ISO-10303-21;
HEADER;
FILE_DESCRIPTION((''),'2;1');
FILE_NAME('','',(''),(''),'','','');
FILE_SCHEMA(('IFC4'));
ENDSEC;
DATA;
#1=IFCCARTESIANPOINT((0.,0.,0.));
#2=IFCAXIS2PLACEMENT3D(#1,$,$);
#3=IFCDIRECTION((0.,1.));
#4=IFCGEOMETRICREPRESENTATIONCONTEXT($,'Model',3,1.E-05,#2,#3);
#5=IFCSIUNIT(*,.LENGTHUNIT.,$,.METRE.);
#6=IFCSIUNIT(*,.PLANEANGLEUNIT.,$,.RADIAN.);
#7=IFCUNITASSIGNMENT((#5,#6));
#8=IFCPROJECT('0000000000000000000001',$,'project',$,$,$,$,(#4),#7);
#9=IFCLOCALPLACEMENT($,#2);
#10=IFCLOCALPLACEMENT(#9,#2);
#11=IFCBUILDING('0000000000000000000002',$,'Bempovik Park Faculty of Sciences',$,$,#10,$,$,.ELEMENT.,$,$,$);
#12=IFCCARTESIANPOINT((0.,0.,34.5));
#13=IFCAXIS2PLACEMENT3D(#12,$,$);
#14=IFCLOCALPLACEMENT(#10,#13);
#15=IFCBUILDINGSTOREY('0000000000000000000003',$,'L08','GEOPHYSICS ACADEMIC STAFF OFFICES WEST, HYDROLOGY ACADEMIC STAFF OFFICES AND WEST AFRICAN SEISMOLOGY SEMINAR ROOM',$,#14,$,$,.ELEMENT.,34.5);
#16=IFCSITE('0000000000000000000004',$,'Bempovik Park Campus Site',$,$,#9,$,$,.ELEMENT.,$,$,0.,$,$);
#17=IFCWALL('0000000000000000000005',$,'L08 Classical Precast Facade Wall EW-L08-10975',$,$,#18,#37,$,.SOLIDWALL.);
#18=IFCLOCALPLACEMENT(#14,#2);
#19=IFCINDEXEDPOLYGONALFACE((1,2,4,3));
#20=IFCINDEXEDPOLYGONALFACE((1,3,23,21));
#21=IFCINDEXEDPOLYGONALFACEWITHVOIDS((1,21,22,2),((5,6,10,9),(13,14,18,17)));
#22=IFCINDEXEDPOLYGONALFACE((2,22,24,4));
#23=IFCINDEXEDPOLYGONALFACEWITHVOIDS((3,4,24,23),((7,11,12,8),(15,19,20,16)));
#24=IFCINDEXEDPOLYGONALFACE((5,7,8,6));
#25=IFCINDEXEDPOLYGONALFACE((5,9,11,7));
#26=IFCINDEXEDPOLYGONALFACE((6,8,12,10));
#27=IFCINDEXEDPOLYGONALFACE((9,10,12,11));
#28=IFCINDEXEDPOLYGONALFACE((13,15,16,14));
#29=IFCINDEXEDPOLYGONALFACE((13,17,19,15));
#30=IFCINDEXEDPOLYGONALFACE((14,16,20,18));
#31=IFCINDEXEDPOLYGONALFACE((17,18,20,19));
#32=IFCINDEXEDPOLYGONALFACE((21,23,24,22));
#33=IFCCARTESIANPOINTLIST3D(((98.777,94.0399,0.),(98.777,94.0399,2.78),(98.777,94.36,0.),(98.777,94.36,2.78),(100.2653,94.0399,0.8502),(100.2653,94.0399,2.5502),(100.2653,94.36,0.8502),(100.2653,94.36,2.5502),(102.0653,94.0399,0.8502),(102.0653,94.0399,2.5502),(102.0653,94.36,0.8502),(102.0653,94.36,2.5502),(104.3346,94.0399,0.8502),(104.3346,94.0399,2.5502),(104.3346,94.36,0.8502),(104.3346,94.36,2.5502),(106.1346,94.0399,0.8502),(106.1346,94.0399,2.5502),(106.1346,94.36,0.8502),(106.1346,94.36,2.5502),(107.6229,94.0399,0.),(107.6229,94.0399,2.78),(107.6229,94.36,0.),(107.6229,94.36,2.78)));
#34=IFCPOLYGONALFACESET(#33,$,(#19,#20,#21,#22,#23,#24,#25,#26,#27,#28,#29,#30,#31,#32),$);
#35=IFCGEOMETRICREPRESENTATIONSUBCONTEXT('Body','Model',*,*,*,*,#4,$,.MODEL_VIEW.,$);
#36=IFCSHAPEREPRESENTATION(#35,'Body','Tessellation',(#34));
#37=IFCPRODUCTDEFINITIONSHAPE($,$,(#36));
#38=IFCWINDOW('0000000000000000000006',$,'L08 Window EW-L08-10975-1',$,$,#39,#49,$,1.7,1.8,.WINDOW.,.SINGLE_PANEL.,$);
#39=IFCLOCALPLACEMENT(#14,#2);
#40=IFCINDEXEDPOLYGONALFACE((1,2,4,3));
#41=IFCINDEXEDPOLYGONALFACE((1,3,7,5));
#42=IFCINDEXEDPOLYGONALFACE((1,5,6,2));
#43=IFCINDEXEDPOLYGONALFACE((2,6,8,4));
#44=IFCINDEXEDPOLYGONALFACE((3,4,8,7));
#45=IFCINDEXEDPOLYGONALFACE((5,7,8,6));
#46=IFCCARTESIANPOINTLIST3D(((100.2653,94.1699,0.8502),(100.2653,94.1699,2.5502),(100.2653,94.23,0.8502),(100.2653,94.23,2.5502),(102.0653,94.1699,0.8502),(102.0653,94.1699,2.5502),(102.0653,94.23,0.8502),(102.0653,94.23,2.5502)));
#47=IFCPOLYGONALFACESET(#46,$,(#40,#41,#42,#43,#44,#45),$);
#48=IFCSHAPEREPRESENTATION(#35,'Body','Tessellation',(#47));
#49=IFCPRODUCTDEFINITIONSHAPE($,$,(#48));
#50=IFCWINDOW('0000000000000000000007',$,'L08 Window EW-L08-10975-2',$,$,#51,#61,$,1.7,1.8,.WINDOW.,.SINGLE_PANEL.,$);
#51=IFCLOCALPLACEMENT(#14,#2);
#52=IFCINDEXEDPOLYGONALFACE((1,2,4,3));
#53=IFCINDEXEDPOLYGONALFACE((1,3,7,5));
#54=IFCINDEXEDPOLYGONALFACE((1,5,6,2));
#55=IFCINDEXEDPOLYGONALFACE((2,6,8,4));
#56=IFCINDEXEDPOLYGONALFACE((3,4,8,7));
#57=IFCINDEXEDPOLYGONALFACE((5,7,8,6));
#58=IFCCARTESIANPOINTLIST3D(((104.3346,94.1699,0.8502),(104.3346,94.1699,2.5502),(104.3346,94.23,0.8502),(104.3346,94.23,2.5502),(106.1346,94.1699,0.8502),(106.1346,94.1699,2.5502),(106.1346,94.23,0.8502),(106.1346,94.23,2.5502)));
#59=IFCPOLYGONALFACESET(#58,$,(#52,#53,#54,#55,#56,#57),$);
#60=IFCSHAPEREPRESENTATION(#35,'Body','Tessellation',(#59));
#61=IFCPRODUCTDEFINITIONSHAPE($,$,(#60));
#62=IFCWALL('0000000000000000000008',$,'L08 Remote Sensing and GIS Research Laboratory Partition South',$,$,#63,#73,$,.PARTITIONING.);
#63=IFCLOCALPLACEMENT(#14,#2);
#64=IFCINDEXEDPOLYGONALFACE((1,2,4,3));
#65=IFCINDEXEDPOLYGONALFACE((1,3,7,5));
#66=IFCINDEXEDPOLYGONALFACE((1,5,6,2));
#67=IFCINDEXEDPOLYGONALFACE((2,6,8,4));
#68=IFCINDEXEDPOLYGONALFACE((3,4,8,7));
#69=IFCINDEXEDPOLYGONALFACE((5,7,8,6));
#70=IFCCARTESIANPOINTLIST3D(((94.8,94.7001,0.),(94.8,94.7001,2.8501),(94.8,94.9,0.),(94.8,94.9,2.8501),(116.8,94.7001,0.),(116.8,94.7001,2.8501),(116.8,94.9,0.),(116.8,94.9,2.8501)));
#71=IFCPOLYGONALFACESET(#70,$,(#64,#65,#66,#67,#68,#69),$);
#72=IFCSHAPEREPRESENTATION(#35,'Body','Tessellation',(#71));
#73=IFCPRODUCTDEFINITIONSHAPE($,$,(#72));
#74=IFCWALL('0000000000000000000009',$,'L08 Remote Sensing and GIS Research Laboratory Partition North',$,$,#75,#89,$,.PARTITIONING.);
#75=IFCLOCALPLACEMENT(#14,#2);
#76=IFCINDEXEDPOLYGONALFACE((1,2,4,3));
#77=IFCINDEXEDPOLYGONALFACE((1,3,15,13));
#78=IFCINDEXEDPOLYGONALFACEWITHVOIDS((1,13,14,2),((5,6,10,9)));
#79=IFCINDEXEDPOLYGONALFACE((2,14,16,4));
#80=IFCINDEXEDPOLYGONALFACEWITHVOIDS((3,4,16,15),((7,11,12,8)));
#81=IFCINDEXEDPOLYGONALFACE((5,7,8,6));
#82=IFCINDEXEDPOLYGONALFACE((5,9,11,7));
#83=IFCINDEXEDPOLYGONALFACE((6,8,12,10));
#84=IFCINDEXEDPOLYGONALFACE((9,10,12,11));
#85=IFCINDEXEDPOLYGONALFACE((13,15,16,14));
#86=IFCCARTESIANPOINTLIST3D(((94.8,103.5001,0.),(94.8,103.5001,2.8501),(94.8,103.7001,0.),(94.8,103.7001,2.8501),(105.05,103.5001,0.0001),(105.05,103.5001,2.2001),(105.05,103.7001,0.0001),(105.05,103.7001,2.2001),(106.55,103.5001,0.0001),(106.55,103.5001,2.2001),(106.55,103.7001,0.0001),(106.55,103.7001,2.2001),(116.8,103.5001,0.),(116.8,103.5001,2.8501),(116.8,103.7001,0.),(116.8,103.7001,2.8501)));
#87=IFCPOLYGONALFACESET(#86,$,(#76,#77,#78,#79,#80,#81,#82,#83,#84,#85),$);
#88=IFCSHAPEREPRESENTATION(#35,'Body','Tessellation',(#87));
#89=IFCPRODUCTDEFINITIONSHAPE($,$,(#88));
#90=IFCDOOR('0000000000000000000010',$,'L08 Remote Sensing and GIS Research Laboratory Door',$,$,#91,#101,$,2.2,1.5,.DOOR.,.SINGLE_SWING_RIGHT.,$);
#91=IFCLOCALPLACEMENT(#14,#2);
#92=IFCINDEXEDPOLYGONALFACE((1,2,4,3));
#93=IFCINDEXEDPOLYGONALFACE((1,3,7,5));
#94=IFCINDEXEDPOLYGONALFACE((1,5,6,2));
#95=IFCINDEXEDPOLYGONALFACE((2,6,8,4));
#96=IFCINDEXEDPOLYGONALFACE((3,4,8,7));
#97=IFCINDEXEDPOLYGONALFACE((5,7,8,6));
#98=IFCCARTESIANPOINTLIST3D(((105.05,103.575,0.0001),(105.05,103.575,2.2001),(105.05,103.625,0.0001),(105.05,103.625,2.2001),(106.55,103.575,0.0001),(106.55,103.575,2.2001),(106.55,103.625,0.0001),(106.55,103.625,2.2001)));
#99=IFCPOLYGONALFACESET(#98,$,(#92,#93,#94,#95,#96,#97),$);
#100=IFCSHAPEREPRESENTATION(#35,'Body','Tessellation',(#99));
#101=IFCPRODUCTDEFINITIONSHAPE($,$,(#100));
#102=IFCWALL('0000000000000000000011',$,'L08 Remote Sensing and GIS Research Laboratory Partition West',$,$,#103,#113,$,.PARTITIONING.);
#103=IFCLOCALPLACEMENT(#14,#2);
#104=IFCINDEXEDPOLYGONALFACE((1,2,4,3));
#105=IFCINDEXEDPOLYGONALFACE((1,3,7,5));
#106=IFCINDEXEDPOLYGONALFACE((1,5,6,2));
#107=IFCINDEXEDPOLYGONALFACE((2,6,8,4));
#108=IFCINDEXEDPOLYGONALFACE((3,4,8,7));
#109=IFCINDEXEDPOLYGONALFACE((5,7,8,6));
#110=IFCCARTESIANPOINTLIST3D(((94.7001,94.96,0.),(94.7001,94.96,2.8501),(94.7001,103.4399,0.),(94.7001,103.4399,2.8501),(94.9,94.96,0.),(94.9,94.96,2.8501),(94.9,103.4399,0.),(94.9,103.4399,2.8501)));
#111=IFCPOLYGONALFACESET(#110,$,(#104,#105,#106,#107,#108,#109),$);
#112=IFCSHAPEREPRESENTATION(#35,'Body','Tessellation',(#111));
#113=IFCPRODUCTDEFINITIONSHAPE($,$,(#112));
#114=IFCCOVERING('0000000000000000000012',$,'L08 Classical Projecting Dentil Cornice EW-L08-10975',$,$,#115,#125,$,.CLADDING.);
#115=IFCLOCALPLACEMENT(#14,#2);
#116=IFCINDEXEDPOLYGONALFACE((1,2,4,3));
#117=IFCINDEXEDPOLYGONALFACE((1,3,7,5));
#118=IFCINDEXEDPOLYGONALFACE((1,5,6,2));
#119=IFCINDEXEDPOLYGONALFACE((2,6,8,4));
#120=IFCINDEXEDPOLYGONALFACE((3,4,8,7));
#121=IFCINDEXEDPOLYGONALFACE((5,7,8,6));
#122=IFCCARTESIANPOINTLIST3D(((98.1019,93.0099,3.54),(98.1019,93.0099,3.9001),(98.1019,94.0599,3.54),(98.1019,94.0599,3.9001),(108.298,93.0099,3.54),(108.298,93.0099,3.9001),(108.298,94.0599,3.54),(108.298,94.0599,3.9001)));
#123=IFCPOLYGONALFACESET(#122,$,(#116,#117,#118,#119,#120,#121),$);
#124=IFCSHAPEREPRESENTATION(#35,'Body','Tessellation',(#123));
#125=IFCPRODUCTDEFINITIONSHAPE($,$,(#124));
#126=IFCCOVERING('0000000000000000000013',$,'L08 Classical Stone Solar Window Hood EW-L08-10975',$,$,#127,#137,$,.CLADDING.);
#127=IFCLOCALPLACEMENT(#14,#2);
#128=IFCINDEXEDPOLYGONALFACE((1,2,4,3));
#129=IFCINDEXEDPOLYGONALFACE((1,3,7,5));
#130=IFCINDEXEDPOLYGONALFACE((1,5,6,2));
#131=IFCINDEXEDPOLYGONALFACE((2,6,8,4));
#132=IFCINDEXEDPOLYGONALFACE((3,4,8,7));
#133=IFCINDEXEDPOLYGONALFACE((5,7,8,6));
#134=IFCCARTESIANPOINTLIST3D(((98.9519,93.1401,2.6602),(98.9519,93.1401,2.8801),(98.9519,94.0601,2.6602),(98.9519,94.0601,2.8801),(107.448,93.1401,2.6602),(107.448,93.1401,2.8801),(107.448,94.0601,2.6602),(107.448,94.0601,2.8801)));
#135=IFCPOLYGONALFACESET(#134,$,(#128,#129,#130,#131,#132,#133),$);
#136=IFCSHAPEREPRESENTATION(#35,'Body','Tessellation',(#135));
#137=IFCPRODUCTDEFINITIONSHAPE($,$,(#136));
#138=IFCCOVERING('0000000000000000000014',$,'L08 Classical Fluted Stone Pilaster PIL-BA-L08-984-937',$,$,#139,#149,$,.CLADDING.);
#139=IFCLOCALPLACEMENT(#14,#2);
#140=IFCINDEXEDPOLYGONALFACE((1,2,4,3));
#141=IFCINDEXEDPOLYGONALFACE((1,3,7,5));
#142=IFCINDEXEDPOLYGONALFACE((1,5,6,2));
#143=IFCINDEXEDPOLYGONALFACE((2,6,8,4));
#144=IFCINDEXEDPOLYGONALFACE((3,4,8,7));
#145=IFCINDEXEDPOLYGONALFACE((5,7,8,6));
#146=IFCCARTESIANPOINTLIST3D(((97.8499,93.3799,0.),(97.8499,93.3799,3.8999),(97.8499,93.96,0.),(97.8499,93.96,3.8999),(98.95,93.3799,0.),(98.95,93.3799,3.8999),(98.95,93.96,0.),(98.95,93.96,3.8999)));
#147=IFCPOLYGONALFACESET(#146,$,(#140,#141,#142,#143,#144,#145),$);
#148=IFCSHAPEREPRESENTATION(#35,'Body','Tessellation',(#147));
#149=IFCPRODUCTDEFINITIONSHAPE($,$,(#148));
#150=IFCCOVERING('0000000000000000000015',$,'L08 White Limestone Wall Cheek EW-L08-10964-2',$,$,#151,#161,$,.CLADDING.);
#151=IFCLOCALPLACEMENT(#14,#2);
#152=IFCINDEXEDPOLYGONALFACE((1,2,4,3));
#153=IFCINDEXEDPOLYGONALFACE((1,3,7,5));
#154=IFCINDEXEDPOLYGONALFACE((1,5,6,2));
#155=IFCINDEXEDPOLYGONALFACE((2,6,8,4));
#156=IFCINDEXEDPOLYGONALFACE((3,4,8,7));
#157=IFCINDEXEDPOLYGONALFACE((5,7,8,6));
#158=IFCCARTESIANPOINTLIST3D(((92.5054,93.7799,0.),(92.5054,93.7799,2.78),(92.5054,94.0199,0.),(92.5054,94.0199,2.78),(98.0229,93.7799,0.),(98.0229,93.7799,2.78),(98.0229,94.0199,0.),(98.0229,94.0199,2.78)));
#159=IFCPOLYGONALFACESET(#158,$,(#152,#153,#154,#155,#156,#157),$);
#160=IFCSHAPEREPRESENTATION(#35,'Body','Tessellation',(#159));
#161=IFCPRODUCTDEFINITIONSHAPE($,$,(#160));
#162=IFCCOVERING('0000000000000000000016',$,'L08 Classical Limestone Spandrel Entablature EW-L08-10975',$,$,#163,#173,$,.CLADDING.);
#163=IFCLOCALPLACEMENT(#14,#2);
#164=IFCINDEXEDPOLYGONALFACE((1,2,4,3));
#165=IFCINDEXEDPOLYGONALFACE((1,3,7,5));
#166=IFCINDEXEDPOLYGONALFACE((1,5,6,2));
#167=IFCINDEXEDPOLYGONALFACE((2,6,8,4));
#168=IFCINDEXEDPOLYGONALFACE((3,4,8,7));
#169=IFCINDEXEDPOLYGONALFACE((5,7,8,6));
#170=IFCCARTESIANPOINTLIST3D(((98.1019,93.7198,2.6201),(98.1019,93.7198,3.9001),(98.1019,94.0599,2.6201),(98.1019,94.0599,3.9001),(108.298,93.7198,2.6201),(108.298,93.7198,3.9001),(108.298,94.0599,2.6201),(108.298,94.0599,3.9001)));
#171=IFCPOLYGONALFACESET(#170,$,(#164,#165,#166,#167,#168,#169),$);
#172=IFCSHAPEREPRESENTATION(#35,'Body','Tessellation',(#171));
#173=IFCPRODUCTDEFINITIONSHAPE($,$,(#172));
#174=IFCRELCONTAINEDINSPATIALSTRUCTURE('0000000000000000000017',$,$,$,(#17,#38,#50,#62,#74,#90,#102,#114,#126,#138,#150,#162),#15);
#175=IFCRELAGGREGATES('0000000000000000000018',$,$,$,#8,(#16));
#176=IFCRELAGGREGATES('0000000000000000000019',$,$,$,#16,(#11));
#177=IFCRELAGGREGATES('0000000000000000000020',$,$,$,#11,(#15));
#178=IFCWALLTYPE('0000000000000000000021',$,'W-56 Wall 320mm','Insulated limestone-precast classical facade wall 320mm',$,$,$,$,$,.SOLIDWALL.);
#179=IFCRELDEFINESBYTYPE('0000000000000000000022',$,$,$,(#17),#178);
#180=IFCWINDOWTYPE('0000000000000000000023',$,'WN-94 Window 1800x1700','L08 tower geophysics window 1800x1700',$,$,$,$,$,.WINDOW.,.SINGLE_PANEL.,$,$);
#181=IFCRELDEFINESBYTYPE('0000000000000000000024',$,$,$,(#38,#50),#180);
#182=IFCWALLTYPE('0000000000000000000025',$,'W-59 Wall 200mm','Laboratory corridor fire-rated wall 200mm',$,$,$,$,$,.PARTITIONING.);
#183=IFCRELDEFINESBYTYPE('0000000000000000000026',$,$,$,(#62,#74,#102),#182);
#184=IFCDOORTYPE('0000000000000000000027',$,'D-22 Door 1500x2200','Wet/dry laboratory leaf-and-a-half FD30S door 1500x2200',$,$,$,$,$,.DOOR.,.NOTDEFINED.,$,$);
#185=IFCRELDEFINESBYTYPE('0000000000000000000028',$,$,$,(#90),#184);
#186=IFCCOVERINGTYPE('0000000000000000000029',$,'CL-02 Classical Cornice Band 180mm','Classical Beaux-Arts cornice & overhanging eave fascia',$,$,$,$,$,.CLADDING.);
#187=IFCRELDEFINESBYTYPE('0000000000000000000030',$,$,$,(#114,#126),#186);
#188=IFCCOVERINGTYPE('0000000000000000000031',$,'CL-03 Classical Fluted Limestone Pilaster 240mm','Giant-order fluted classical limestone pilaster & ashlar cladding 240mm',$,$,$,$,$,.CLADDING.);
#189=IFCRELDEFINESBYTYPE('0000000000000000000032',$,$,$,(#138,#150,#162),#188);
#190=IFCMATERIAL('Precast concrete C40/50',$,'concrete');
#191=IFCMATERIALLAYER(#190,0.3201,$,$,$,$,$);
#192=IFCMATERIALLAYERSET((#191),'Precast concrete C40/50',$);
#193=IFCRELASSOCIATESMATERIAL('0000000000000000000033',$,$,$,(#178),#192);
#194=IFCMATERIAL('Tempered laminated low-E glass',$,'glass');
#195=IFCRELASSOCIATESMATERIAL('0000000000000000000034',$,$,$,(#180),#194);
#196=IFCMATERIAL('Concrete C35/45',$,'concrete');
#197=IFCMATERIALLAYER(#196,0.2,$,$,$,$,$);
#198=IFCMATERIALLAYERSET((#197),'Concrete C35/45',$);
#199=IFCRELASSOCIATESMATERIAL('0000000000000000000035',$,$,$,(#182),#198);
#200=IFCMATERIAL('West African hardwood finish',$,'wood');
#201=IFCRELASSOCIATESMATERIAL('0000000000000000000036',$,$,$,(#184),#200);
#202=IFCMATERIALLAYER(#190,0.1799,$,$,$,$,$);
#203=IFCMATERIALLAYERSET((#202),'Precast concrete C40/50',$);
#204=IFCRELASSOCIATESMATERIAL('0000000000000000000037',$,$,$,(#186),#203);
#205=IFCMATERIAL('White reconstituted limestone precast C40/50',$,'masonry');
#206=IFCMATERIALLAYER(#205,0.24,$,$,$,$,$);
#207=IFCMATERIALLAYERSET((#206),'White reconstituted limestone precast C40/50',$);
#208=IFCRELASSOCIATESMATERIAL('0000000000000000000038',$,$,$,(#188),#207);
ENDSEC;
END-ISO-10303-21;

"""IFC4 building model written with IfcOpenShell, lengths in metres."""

from ifc_helpers import new_model, si_unit, direction, frame, frame_2d, origin, origin_2d, place, context, subcontext, project, spatial, rectangle, extrude, material, layer, layer_set, type_object, element, fill, save


model = new_model("IFC4")

# Units and contexts
model_context = context("Model", 3, precision=1e-05, world=origin(), true_north=direction((0.0, 1.0)))
body_context = subcontext(model_context, "Body", "Model", "MODEL_VIEW")
ifc_project = project(units=[si_unit("LENGTHUNIT", "METRE"), si_unit("PLANEANGLEUNIT", "RADIAN")], contexts=[model_context])

# Site, building, storey
site_placement = place(None, origin())
site = spatial("IfcSite", under=ifc_project, at=site_placement, Name="Bempovik Park Campus Site", CompositionType="ELEMENT", RefElevation=0.0)
building_placement = place(site_placement, origin())
building = spatial("IfcBuilding", under=site, at=building_placement, Name="Bempovik Park Faculty of Sciences", CompositionType="ELEMENT")
storey_placement = place(building_placement, frame((0.0, 0.0, 34.5)))
storey = spatial("IfcBuildingStorey", under=building, at=storey_placement, Name="L08", Description="GEOPHYSICS ACADEMIC STAFF OFFICES WEST, HYDROLOGY ACADEMIC STAFF OFFICES AND WEST AFRICAN SEISMOLOGY SEMINAR ROOM", CompositionType="ELEMENT", Elevation=34.5)

# Shared definitions
ifc_material_1 = material(Name="Concrete C35/45", Category="concrete")

# Wall, openings, windows
ifc_material_2 = material(Name="Precast concrete C40/50", Category="concrete")
ifc_layer_1 = layer(ifc_material_2, 0.3201)
ifc_layer_set_1 = layer_set([ifc_layer_1], Name="Precast concrete C40/50")
wall_type_1 = type_object("IfcWallType", Name="W-56 Wall 320mm", Description="Insulated limestone-precast classical facade wall 320mm", PredefinedType="SOLIDWALL", material=ifc_layer_set_1)
wall_1_placement = place(storey_placement, frame((98.7771, 94.2, 0.0), z_axis=(0.0, 0.0, 1.0), x_axis=(1.0, 0.0, 0.0)))
wall_1 = element("IfcWall", 1, at=wall_1_placement, inside=storey, type_object=wall_type_1, Name="L08 Classical Precast Facade Wall EW-L08-10975", PredefinedType="SOLIDWALL", context=body_context, shape_type="SweptSolid", body=[
    extrude(rectangle(XDim=8.8459, YDim=0.3201, at=frame_2d((4.4229, 0.0))), origin(), (0.0, 0.0, 1.0), 2.78),
])
opening_1_placement = place(wall_1_placement, frame((1.4883, 0.0, 0.8501)))
opening_1 = element("IfcOpeningElement", 2, at=opening_1_placement, cuts=wall_1, PredefinedType="OPENING", context=body_context, shape_type="SweptSolid", body=[
    extrude(rectangle(XDim=1.8, YDim=1.7, at=frame_2d((0.8999, 0.8501))), frame((0.0, 0.1699, 0.0), z_axis=(0.0, -1.0, 0.0), x_axis=(1.0, 0.0, 0.0)), (0.0, 0.0, 1.0), 0.3401),
])
opening_2_placement = place(wall_1_placement, frame((5.5576, 0.0, 0.8501)))
opening_2 = element("IfcOpeningElement", 3, at=opening_2_placement, cuts=wall_1, PredefinedType="OPENING", context=body_context, shape_type="SweptSolid", body=[
    extrude(rectangle(XDim=1.8, YDim=1.7, at=frame_2d((0.8999, 0.8501))), frame((0.0, 0.1699, 0.0), z_axis=(0.0, -1.0, 0.0), x_axis=(1.0, 0.0, 0.0)), (0.0, 0.0, 1.0), 0.3401),
])
ifc_material_3 = material(Name="Tempered laminated low-E glass", Category="glass")
window_type = type_object("IfcWindowType", Name="WN-94 Window 1800x1700", Description="L08 tower geophysics window 1800x1700", PartitioningType="SINGLE_PANEL", PredefinedType="WINDOW", material=ifc_material_3)
window_1_placement = place(opening_1_placement, origin())
window_1 = element("IfcWindow", 4, at=window_1_placement, inside=storey, type_object=window_type, Name="L08 Window EW-L08-10975-1", OverallHeight=1.7, OverallWidth=1.8, PartitioningType="SINGLE_PANEL", PredefinedType="WINDOW", context=body_context, shape_type="SweptSolid", body=[
    extrude(rectangle(XDim=1.8, YDim=1.7, at=frame_2d((0.8999, 0.8501))), frame((0.0, 0.03, 0.0), z_axis=(0.0, -1.0, 0.0), x_axis=(1.0, 0.0, 0.0)), (0.0, 0.0, 1.0), 0.0601),
])
fill(opening_1, window_1)
window_2_placement = place(opening_2_placement, origin())
window_2 = element("IfcWindow", 5, at=window_2_placement, inside=storey, type_object=window_type, Name="L08 Window EW-L08-10975-2", OverallHeight=1.7, OverallWidth=1.8, PartitioningType="SINGLE_PANEL", PredefinedType="WINDOW", context=body_context, shape_type="SweptSolid", body=[
    extrude(rectangle(XDim=1.8, YDim=1.7, at=frame_2d((0.8999, 0.8501))), frame((0.0, 0.03, 0.0), z_axis=(0.0, -1.0, 0.0), x_axis=(1.0, 0.0, 0.0)), (0.0, 0.0, 1.0), 0.0601),
])
fill(opening_2, window_2)

# Wall
ifc_layer_2 = layer(ifc_material_1, 0.2)
ifc_layer_set_2 = layer_set([ifc_layer_2], Name="Concrete C35/45")
wall_type_2 = type_object("IfcWallType", Name="W-59 Wall 200mm", Description="Laboratory corridor fire-rated wall 200mm", PredefinedType="PARTITIONING", material=ifc_layer_set_2)
wall_2_placement = place(storey_placement, frame((94.8, 94.8, 0.0), z_axis=(0.0, 0.0, 1.0), x_axis=(1.0, 0.0, 0.0)))
element("IfcWall", 6, at=wall_2_placement, inside=storey, type_object=wall_type_2, Name="L08 Remote Sensing and GIS Research Laboratory Partition South", PredefinedType="PARTITIONING", context=body_context, shape_type="SweptSolid", body=[
    extrude(rectangle(XDim=22.0, YDim=0.2, at=frame_2d((11.0, 0.0))), origin(), (0.0, 0.0, 1.0), 2.8501),
])

# Wall, opening, door
wall_3_placement = place(storey_placement, frame((94.8, 103.6001, 0.0), z_axis=(0.0, 0.0, 1.0), x_axis=(1.0, 0.0, 0.0)))
wall_3 = element("IfcWall", 7, at=wall_3_placement, inside=storey, type_object=wall_type_2, Name="L08 Remote Sensing and GIS Research Laboratory Partition North", PredefinedType="PARTITIONING", context=body_context, shape_type="SweptSolid", body=[
    extrude(rectangle(XDim=22.0, YDim=0.2, at=frame_2d((11.0, 0.0))), origin(), (0.0, 0.0, 1.0), 2.8501),
])
opening_3_placement = place(wall_3_placement, frame((10.25, 0.0, 0.0)))
opening_3 = element("IfcOpeningElement", 8, at=opening_3_placement, cuts=wall_3, PredefinedType="OPENING", context=body_context, shape_type="SweptSolid", body=[
    extrude(rectangle(XDim=1.5, YDim=2.2, at=frame_2d((0.75, 1.1001))), frame((0.0, 0.1099, 0.0), z_axis=(0.0, -1.0, 0.0), x_axis=(1.0, 0.0, 0.0)), (0.0, 0.0, 1.0), 0.22),
])
ifc_material_4 = material(Name="West African hardwood finish", Category="wood")
door_type_1 = type_object("IfcDoorType", Name="D-22 Door 1500x2200", Description="Wet/dry laboratory leaf-and-a-half FD30S door 1500x2200", OperationType="NOTDEFINED", PredefinedType="DOOR", material=ifc_material_4)
door_1_placement = place(opening_3_placement, origin())
door_1 = element("IfcDoor", 9, at=door_1_placement, inside=storey, type_object=door_type_1, Name="L08 Remote Sensing and GIS Research Laboratory Door", OperationType="SINGLE_SWING_RIGHT", OverallHeight=2.2, OverallWidth=1.5, PredefinedType="DOOR", context=body_context, shape_type="SweptSolid", body=[
    extrude(rectangle(XDim=1.5, YDim=2.2, at=frame_2d((0.75, 1.1001))), frame((0.0, 0.0249, 0.0), z_axis=(0.0, -1.0, 0.0), x_axis=(1.0, 0.0, 0.0)), (0.0, 0.0, 1.0), 0.05),
])
fill(opening_3, door_1)

# Wall
wall_4_placement = place(storey_placement, frame((94.8, 94.96, 0.0), z_axis=(0.0, 0.0, 1.0), x_axis=(0.0, 1.0, 0.0)))
element("IfcWall", 10, at=wall_4_placement, inside=storey, type_object=wall_type_2, Name="L08 Remote Sensing and GIS Research Laboratory Partition West", PredefinedType="PARTITIONING", context=body_context, shape_type="SweptSolid", body=[
    extrude(rectangle(XDim=8.48, YDim=0.2, at=frame_2d((4.24, 0.0))), origin(), (0.0, 0.0, 1.0), 2.8501),
])

# Coverings
ifc_layer_3 = layer(ifc_material_2, 0.1799)
ifc_layer_set_3 = layer_set([ifc_layer_3], Name="Precast concrete C40/50")
covering_type_1 = type_object("IfcCoveringType", Name="CL-02 Classical Cornice Band 180mm", Description="Classical Beaux-Arts cornice & overhanging eave fascia", PredefinedType="CLADDING", material=ifc_layer_set_3)
covering_1_placement = place(storey_placement, frame((103.2, 93.5349, 3.54), z_axis=(0.0, 0.0, 1.0), x_axis=(1.0, 0.0, 0.0)))
element("IfcCovering", 11, at=covering_1_placement, inside=storey, type_object=covering_type_1, Name="L08 Classical Projecting Dentil Cornice EW-L08-10975", PredefinedType="CLADDING", context=body_context, shape_type="SweptSolid", body=[
    extrude(rectangle(XDim=10.196, YDim=1.05, at=origin_2d()), origin(), (0.0, 0.0, 1.0), 0.3601),
])
covering_2_placement = place(storey_placement, frame((103.2, 93.6001, 2.6602), z_axis=(0.0, 0.0, 1.0), x_axis=(1.0, 0.0, 0.0)))
element("IfcCovering", 12, at=covering_2_placement, inside=storey, type_object=covering_type_1, Name="L08 Classical Stone Solar Window Hood EW-L08-10975", PredefinedType="CLADDING", context=body_context, shape_type="SweptSolid", body=[
    extrude(rectangle(XDim=8.4961, YDim=0.9199, at=origin_2d()), origin(), (0.0, 0.0, 1.0), 0.22),
])
ifc_material_5 = material(Name="White reconstituted limestone precast C40/50", Category="masonry")
ifc_layer_4 = layer(ifc_material_5, 0.24)
ifc_layer_set_4 = layer_set([ifc_layer_4], Name="White reconstituted limestone precast C40/50")
covering_type_2 = type_object("IfcCoveringType", Name="CL-03 Classical Fluted Limestone Pilaster 240mm", Description="Giant-order fluted classical limestone pilaster & ashlar cladding 240mm", PredefinedType="CLADDING", material=ifc_layer_set_4)
covering_3_placement = place(storey_placement, frame((98.3999, 93.6699, 0.0), z_axis=(0.0, 0.0, 1.0), x_axis=(1.0, 0.0, 0.0)))
element("IfcCovering", 13, at=covering_3_placement, inside=storey, type_object=covering_type_2, Name="L08 Classical Fluted Stone Pilaster PIL-BA-L08-984-937", PredefinedType="CLADDING", context=body_context, shape_type="SweptSolid", body=[
    extrude(rectangle(XDim=1.1001, YDim=0.5801, at=origin_2d()), origin(), (0.0, 0.0, 1.0), 3.8999),
])
covering_4_placement = place(storey_placement, frame((95.2642, 93.8999, 0.0), z_axis=(0.0, 0.0, 1.0), x_axis=(1.0, 0.0, 0.0)))
element("IfcCovering", 14, at=covering_4_placement, inside=storey, type_object=covering_type_2, Name="L08 White Limestone Wall Cheek EW-L08-10964-2", PredefinedType="CLADDING", context=body_context, shape_type="SweptSolid", body=[
    extrude(rectangle(XDim=5.5176, YDim=0.24, at=origin_2d()), origin(), (0.0, 0.0, 1.0), 2.78),
])
covering_5_placement = place(storey_placement, frame((103.2, 93.8899, 2.6201), z_axis=(0.0, 0.0, 1.0), x_axis=(1.0, 0.0, 0.0)))
element("IfcCovering", 15, at=covering_5_placement, inside=storey, type_object=covering_type_2, Name="L08 Classical Limestone Spandrel Entablature EW-L08-10975", PredefinedType="CLADDING", context=body_context, shape_type="SweptSolid", body=[
    extrude(rectangle(XDim=10.196, YDim=0.3401, at=origin_2d()), origin(), (0.0, 0.0, 1.0), 1.28),
])

save(model, "model.ifc")
